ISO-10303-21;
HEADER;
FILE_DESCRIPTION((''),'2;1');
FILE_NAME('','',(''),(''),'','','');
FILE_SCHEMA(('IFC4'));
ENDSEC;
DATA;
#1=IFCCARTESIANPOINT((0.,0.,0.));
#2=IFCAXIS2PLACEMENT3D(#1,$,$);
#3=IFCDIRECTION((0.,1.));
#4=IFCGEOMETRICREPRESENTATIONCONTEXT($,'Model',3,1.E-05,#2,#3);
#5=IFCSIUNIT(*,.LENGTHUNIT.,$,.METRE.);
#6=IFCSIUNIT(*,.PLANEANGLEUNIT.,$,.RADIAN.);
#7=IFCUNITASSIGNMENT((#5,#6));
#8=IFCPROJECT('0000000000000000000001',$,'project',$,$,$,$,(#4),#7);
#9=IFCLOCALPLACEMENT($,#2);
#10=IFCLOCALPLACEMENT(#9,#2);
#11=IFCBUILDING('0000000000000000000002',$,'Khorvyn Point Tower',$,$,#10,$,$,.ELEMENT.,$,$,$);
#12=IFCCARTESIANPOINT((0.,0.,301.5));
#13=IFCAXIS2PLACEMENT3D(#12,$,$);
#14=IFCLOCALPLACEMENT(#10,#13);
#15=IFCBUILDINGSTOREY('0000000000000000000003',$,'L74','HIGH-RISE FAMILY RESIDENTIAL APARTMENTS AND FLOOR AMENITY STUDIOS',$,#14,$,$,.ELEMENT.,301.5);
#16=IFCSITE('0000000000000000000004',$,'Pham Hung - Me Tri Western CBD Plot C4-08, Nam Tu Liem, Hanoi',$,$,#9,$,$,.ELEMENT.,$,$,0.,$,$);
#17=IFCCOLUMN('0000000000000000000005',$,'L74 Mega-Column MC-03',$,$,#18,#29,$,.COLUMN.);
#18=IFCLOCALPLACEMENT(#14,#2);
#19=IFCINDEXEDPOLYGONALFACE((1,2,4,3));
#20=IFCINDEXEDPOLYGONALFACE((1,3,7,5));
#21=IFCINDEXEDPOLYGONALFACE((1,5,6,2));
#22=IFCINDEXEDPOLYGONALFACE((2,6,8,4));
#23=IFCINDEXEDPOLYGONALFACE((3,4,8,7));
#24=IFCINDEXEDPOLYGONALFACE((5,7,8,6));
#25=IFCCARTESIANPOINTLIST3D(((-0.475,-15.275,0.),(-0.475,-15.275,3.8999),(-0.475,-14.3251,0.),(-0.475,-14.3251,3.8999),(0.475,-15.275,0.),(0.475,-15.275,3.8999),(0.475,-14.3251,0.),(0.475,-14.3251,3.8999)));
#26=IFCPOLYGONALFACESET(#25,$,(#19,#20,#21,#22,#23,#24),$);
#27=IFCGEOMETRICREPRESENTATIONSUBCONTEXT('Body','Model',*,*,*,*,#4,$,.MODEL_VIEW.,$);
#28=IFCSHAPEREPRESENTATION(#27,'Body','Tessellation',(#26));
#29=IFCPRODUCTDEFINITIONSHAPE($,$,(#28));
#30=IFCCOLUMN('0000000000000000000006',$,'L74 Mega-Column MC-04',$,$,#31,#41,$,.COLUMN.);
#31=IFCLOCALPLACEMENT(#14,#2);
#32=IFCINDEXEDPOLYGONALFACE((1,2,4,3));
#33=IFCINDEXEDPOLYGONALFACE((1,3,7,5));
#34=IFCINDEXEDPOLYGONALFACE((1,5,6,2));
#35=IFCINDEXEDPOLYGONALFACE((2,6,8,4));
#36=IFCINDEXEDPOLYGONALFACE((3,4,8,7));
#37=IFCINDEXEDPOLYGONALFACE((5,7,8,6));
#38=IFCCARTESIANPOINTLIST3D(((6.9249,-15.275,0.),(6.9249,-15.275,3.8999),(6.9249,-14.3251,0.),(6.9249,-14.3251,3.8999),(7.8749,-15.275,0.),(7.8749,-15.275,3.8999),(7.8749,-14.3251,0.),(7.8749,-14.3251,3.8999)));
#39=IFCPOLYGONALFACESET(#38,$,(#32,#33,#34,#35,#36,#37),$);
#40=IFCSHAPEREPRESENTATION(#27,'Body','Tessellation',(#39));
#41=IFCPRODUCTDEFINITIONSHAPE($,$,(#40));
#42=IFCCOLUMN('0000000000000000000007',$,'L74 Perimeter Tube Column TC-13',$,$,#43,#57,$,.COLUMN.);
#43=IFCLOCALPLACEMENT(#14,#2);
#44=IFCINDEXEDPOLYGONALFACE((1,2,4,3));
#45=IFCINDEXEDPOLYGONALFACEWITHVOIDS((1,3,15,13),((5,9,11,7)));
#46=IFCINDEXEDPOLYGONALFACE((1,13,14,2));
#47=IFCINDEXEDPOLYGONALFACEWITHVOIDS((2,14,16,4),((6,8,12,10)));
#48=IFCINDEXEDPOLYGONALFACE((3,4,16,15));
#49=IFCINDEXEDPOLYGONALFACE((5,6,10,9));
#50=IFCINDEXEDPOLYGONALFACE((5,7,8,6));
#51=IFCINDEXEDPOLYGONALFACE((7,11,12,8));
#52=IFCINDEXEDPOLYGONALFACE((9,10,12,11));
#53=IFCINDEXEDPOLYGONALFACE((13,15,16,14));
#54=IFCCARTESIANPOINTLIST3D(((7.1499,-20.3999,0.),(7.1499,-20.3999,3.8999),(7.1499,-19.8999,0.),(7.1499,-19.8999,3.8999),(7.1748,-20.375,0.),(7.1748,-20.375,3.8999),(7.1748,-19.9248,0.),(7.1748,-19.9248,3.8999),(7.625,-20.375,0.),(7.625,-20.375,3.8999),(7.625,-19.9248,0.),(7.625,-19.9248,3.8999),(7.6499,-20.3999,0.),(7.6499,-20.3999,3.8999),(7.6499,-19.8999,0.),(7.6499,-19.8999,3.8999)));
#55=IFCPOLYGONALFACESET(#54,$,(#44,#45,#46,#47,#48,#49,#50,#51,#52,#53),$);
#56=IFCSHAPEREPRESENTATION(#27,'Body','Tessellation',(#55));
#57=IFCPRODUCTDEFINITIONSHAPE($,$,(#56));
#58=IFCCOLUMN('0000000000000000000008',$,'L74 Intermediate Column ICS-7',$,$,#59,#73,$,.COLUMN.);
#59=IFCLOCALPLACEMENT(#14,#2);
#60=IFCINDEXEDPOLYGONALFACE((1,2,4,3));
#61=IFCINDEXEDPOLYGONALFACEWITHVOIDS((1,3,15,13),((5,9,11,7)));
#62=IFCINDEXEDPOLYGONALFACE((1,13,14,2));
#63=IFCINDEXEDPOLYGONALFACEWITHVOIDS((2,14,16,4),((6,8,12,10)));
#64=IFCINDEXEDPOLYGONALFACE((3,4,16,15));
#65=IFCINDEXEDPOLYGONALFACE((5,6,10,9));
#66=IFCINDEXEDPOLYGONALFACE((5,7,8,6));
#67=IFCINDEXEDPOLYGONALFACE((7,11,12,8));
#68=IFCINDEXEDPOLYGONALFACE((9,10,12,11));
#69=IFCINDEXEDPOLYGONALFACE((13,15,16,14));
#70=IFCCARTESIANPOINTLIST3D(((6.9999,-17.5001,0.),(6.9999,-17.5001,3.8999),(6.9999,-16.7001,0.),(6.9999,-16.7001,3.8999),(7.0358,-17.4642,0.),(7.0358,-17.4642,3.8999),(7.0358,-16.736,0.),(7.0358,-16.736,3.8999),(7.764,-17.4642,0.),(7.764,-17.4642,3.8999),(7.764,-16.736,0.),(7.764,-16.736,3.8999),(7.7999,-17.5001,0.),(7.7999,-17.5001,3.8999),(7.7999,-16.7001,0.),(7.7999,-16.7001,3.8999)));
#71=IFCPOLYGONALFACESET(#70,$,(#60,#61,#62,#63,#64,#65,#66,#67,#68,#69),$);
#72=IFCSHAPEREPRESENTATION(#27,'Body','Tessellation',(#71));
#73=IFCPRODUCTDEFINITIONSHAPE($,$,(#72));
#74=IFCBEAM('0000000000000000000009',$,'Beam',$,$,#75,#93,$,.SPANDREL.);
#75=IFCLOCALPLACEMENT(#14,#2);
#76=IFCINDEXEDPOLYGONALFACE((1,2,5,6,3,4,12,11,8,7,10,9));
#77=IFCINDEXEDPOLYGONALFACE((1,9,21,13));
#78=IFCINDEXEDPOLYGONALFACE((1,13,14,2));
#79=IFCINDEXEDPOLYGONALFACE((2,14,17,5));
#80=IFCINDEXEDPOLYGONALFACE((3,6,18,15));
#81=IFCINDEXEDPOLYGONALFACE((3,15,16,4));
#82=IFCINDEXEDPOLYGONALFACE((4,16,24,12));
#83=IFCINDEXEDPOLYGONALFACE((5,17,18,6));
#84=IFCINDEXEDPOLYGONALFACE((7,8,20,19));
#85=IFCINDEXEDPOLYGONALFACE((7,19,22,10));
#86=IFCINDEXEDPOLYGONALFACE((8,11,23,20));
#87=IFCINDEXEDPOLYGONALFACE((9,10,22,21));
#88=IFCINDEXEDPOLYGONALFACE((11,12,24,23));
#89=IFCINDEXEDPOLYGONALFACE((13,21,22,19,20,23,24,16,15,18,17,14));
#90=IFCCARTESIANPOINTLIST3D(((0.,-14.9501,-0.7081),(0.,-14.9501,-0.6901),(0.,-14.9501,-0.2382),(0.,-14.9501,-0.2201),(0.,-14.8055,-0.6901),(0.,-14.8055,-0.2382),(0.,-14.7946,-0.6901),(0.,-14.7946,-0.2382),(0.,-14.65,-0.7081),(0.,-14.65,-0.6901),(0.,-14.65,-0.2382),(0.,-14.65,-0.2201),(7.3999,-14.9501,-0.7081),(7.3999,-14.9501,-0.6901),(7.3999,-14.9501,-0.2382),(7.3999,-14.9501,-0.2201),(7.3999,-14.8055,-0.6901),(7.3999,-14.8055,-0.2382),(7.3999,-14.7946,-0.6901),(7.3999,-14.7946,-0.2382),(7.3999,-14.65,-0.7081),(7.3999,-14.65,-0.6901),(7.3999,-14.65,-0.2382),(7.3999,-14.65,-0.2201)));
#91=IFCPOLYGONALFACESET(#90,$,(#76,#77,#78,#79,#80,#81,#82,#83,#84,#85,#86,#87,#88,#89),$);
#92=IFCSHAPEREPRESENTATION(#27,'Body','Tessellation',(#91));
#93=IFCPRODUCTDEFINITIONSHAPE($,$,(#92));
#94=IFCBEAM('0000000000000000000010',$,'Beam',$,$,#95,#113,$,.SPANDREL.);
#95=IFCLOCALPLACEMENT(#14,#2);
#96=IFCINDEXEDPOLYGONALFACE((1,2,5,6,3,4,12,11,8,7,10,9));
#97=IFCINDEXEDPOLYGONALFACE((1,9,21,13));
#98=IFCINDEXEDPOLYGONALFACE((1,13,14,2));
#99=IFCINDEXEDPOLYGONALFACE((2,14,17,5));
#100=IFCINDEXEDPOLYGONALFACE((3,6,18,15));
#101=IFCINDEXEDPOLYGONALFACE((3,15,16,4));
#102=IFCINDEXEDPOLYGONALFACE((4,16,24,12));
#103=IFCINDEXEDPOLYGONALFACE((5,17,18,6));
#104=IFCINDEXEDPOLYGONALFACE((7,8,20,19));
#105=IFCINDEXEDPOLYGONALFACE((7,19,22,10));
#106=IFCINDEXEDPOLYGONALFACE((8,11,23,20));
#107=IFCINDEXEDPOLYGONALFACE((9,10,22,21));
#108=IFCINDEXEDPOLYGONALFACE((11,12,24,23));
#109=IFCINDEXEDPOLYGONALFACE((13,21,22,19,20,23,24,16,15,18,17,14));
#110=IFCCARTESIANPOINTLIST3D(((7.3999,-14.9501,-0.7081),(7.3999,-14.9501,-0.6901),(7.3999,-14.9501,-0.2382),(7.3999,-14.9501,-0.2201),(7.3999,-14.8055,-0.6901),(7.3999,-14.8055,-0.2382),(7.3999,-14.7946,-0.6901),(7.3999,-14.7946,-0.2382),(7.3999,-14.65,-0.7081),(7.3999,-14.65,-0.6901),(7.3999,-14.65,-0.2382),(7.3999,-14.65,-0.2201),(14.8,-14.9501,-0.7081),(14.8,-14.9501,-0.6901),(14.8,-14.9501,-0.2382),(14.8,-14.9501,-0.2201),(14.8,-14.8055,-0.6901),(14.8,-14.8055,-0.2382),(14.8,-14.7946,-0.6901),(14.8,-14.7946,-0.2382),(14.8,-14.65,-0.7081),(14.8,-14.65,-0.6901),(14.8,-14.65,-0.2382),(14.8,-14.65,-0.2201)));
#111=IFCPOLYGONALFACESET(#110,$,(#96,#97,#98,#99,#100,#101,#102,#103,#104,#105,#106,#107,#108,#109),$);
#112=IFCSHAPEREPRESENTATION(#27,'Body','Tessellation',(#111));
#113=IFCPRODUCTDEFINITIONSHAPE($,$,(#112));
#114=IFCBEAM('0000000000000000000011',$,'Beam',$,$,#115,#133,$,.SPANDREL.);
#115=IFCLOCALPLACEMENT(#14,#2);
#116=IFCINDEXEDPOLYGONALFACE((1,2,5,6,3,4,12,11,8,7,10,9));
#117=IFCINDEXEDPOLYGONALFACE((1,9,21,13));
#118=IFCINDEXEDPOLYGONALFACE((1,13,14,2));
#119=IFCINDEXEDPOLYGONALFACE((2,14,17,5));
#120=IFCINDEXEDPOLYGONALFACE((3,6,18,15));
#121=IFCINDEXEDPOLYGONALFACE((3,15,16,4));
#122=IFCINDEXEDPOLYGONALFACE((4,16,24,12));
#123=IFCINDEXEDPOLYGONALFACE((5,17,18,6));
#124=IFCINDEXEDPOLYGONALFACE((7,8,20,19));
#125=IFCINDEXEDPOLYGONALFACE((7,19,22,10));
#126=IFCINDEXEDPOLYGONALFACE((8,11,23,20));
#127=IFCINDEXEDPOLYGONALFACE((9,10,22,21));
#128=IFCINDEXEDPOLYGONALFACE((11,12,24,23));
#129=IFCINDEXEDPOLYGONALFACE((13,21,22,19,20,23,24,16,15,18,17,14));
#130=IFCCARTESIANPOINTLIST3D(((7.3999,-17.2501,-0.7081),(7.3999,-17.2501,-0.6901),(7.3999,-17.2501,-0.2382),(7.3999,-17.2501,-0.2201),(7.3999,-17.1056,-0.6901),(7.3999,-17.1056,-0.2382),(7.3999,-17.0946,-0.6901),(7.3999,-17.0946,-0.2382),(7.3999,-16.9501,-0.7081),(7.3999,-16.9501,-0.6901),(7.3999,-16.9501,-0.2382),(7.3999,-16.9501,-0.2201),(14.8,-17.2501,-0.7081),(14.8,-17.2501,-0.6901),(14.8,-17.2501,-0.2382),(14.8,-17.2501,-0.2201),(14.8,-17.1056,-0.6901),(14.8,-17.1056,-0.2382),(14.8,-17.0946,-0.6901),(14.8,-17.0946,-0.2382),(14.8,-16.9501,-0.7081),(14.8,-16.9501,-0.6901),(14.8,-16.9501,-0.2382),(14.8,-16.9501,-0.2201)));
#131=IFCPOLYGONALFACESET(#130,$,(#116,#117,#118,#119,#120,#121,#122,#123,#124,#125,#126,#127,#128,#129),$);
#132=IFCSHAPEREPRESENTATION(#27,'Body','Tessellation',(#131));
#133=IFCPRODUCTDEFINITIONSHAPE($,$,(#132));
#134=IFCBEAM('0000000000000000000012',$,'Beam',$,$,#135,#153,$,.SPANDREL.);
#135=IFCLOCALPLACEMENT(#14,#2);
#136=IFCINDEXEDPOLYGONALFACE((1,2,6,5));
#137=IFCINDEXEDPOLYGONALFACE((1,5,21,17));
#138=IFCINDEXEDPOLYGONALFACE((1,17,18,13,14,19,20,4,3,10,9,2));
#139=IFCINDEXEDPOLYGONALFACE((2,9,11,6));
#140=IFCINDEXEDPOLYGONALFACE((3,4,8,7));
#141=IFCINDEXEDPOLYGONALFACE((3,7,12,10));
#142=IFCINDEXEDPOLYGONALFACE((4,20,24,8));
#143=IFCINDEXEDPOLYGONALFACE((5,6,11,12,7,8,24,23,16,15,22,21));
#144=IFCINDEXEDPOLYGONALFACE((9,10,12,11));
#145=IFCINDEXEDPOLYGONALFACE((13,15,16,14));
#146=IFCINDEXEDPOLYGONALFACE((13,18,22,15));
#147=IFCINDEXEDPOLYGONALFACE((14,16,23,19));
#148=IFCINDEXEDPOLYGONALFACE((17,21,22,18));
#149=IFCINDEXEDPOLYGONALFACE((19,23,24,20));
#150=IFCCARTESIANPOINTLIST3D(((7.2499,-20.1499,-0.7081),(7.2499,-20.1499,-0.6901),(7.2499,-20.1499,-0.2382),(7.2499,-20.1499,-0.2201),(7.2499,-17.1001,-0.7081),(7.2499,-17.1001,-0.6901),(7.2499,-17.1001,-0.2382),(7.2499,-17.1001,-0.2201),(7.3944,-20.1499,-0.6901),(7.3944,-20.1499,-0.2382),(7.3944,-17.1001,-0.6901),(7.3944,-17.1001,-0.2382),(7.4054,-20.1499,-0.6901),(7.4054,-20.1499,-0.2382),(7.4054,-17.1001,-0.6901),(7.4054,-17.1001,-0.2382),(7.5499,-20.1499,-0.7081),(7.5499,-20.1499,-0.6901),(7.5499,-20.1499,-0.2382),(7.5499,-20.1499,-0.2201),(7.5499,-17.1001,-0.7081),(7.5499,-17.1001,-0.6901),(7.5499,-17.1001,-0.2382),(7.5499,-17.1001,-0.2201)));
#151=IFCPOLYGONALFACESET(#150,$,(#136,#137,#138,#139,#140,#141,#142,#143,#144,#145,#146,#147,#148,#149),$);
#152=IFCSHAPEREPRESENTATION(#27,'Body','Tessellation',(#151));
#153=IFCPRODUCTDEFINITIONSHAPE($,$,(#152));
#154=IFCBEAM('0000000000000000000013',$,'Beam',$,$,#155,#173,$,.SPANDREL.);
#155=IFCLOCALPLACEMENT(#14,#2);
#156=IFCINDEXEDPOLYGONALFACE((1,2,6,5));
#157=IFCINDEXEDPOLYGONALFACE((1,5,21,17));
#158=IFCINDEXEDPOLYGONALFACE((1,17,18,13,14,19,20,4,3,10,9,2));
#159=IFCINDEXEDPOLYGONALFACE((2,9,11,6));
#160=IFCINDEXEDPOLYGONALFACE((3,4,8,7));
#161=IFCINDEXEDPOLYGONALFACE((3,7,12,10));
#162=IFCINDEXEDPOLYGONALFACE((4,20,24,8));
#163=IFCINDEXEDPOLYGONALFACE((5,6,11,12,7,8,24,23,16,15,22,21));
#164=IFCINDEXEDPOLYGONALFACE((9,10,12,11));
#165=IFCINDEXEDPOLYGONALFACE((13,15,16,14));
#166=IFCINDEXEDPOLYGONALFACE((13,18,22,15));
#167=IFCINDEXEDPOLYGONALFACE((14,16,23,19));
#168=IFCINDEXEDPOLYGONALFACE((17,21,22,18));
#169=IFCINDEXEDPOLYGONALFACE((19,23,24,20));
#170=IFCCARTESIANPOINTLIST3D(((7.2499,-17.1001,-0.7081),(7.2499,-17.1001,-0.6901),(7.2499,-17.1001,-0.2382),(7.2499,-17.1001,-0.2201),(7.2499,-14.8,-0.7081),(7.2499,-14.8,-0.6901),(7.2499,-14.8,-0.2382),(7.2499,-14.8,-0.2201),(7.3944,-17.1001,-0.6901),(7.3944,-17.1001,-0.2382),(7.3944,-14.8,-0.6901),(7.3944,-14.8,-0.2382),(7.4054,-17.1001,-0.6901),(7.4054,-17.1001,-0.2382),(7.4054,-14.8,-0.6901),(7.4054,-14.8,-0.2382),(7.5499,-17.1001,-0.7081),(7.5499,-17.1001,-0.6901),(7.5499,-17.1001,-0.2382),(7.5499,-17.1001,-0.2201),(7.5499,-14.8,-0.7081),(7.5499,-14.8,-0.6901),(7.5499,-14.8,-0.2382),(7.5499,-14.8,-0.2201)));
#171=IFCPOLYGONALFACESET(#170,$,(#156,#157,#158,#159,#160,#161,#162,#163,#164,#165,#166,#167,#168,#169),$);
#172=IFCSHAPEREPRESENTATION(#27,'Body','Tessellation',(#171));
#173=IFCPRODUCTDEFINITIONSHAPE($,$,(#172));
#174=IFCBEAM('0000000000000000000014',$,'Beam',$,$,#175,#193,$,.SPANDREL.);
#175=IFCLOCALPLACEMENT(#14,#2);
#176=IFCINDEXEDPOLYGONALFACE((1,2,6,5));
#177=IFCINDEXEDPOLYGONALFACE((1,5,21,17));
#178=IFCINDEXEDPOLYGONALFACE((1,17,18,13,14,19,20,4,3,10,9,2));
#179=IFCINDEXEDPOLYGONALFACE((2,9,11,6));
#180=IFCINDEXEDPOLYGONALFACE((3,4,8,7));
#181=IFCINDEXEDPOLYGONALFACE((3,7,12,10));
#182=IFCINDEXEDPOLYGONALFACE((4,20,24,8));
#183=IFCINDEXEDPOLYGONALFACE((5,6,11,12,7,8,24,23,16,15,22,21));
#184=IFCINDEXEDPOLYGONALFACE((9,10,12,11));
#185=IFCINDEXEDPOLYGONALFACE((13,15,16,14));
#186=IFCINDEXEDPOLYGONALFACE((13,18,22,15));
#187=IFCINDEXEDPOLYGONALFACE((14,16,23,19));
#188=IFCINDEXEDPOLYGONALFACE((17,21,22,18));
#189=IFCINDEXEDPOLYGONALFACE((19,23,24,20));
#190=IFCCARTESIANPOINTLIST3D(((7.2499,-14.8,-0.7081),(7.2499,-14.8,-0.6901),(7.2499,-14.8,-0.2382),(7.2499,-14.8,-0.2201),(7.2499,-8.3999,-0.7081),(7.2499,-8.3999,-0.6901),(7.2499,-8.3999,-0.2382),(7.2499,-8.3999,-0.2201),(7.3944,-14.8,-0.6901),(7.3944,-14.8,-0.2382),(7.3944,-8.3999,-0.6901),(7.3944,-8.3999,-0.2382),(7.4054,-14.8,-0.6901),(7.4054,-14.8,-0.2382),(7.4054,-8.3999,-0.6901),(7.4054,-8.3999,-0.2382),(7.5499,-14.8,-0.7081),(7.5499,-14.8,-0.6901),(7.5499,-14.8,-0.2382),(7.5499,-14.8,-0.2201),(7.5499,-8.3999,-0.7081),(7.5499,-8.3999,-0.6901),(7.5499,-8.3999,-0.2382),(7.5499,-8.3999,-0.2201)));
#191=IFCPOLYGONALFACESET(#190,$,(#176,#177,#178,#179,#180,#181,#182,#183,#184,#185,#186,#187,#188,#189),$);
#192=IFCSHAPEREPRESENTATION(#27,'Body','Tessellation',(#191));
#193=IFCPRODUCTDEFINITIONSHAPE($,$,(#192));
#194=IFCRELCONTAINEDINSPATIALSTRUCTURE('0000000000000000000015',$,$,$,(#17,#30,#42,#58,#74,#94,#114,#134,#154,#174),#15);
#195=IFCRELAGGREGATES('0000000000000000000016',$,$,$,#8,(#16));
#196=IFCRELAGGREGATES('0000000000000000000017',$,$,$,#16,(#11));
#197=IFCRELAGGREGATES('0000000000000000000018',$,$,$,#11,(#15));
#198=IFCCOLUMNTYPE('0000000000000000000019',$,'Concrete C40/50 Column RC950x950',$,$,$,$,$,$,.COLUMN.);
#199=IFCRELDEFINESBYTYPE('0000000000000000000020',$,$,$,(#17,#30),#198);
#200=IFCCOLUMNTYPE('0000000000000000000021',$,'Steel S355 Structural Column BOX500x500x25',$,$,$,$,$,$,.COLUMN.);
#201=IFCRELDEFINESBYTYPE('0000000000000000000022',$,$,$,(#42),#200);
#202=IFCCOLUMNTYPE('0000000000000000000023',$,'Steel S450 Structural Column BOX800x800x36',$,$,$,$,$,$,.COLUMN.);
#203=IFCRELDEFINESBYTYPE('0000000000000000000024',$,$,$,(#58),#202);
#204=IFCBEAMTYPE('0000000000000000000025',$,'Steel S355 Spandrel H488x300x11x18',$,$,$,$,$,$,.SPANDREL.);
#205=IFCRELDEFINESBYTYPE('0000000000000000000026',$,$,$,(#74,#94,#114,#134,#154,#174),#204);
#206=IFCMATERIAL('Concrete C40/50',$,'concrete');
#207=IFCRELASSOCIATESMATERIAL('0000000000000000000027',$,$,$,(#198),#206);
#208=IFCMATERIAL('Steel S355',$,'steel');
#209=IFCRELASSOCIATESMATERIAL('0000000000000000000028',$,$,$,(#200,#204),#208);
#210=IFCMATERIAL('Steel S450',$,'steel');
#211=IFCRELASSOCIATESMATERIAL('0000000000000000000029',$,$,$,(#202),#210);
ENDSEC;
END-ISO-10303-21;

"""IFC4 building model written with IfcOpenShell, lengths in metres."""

from ifc_helpers import new_model, si_unit, direction, frame, origin, origin_2d, place, context, subcontext, project, spatial, rectangle, hollow_rectangle, i_section, extrude, material, material_profile, profile_set, type_object, element, save


model = new_model("IFC4")

# Units and contexts
model_context = context("Model", 3, precision=1e-05, world=origin(), true_north=direction((0.0, 1.0)))
body_context = subcontext(model_context, "Body", "Model", "MODEL_VIEW")
ifc_project = project(units=[si_unit("LENGTHUNIT", "METRE"), si_unit("PLANEANGLEUNIT", "RADIAN")], contexts=[model_context])

# Site, building, storey
site_placement = place(None, origin())
site = spatial("IfcSite", under=ifc_project, at=site_placement, Name="Pham Hung - Me Tri Western CBD Plot C4-08, Nam Tu Liem, Hanoi", CompositionType="ELEMENT", RefElevation=0.0)
building_placement = place(site_placement, origin())
building = spatial("IfcBuilding", under=site, at=building_placement, Name="Khorvyn Point Tower", CompositionType="ELEMENT")
storey_placement = place(building_placement, frame((0.0, 0.0, 301.5)))
storey = spatial("IfcBuildingStorey", under=building, at=storey_placement, Name="L74", Description="HIGH-RISE FAMILY RESIDENTIAL APARTMENTS AND FLOOR AMENITY STUDIOS", CompositionType="ELEMENT", Elevation=301.5)

# Columns
ifc_material_1 = material(Name="Concrete C40/50", Category="concrete")
ifc_material_profile_1 = material_profile(ifc_material_1, rectangle(XDim=0.95, YDim=0.95, at=origin_2d()))
ifc_profile_set_1 = profile_set([ifc_material_profile_1], Name="Concrete C40/50 RC950x950")
column_type_1 = type_object("IfcColumnType", Name="Concrete C40/50 Column RC950x950", PredefinedType="COLUMN", material=ifc_profile_set_1)
for number, where, z_axis, x_axis, name in (
    (1, (0.0, -14.8, 0.0), (0.0, 0.0, 1.0), (1.0, 0.0, 0.0), "L74 Mega-Column MC-03"),
    (2, (7.3999, -14.8, 0.0), (0.0, 0.0, 1.0), (1.0, 0.0, 0.0), "L74 Mega-Column MC-04"),
):
    element("IfcColumn", number, at=place(storey_placement, frame(where, z_axis=z_axis, x_axis=x_axis)), inside=storey, type_object=column_type_1, Name=name, PredefinedType="COLUMN", context=body_context, shape_type="SweptSolid", body=[
        extrude(rectangle(XDim=0.95, YDim=0.95, at=origin_2d()), origin(), (0.0, 0.0, 1.0), 3.8999),
    ])
ifc_material_2 = material(Name="Steel S355", Category="steel")
ifc_material_profile_2 = material_profile(ifc_material_2, hollow_rectangle(XDim=0.5, YDim=0.5, WallThickness=0.0249, at=origin_2d()))
ifc_profile_set_2 = profile_set([ifc_material_profile_2], Name="Steel S355 BOX500x500x25")
column_type_2 = type_object("IfcColumnType", Name="Steel S355 Structural Column BOX500x500x25", PredefinedType="COLUMN", material=ifc_profile_set_2)
column_1_placement = place(storey_placement, frame((7.3999, -20.1499, 0.0), z_axis=(0.0, 0.0, 1.0), x_axis=(1.0, 0.0, 0.0)))
element("IfcColumn", 3, at=column_1_placement, inside=storey, type_object=column_type_2, Name="L74 Perimeter Tube Column TC-13", PredefinedType="COLUMN", context=body_context, shape_type="SweptSolid", body=[
    extrude(hollow_rectangle(XDim=0.5, YDim=0.5, WallThickness=0.0249, at=origin_2d()), origin(), (0.0, 0.0, 1.0), 3.8999),
])
ifc_material_3 = material(Name="Steel S450", Category="steel")
ifc_material_profile_3 = material_profile(ifc_material_3, hollow_rectangle(XDim=0.8, YDim=0.8, WallThickness=0.0359, at=origin_2d()))
ifc_profile_set_3 = profile_set([ifc_material_profile_3], Name="Steel S450 BOX800x800x36")
column_type_3 = type_object("IfcColumnType", Name="Steel S450 Structural Column BOX800x800x36", PredefinedType="COLUMN", material=ifc_profile_set_3)
column_2_placement = place(storey_placement, frame((7.3999, -17.1001, 0.0), z_axis=(0.0, 0.0, 1.0), x_axis=(1.0, 0.0, 0.0)))
element("IfcColumn", 4, at=column_2_placement, inside=storey, type_object=column_type_3, Name="L74 Intermediate Column ICS-7", PredefinedType="COLUMN", context=body_context, shape_type="SweptSolid", body=[
    extrude(hollow_rectangle(XDim=0.8, YDim=0.8, WallThickness=0.0359, at=origin_2d()), origin(), (0.0, 0.0, 1.0), 3.8999),
])

# Beams
ifc_material_profile_4 = material_profile(ifc_material_2, i_section(OverallWidth=0.3, OverallDepth=0.488, WebThickness=0.011, FlangeThickness=0.0181, at=origin_2d()))
ifc_profile_set_4 = profile_set([ifc_material_profile_4], Name="Steel S355 H488x300x11x18")
beam_type_1 = type_object("IfcBeamType", Name="Steel S355 Spandrel H488x300x11x18", PredefinedType="SPANDREL", material=ifc_profile_set_4)
beam_1_placement = place(storey_placement, frame((0.0, -14.8, -0.4641), z_axis=(1.0, 0.0, 0.0), x_axis=(0.0, 1.0, 0.0)))
element("IfcBeam", 5, at=beam_1_placement, inside=storey, type_object=beam_type_1, Name="Beam", PredefinedType="SPANDREL", context=body_context, shape_type="SweptSolid", body=[
    extrude(i_section(OverallWidth=0.3, OverallDepth=0.488, WebThickness=0.011, FlangeThickness=0.0181, at=origin_2d()), origin(), (0.0, 0.0, 1.0), 7.3999),
])
for number, where, z_axis, x_axis, name in (
    (6, (7.3999, -14.8, -0.4641), (1.0, 0.0, 0.0), (0.0, 1.0, 0.0), "Beam"),
    (7, (7.3999, -17.1001, -0.4641), (1.0, 0.0, 0.0), (0.0, 1.0, 0.0), "Beam"),
):
    element("IfcBeam", number, at=place(storey_placement, frame(where, z_axis=z_axis, x_axis=x_axis)), inside=storey, type_object=beam_type_1, Name=name, PredefinedType="SPANDREL", context=body_context, shape_type="SweptSolid", body=[
        extrude(i_section(OverallWidth=0.3, OverallDepth=0.488, WebThickness=0.011, FlangeThickness=0.0181, at=origin_2d()), origin(), (0.0, 0.0, 1.0), 7.4001),
    ])
beam_2_placement = place(storey_placement, frame((7.3999, -20.1499, -0.4641), z_axis=(0.0, 1.0, 0.0), x_axis=(-1.0, 0.0, 0.0)))
element("IfcBeam", 8, at=beam_2_placement, inside=storey, type_object=beam_type_1, Name="Beam", PredefinedType="SPANDREL", context=body_context, shape_type="SweptSolid", body=[
    extrude(i_section(OverallWidth=0.3, OverallDepth=0.488, WebThickness=0.011, FlangeThickness=0.0181, at=origin_2d()), origin(), (0.0, 0.0, 1.0), 3.0498),
])
beam_3_placement = place(storey_placement, frame((7.3999, -17.1001, -0.4641), z_axis=(0.0, 1.0, 0.0), x_axis=(-1.0, 0.0, 0.0)))
element("IfcBeam", 9, at=beam_3_placement, inside=storey, type_object=beam_type_1, Name="Beam", PredefinedType="SPANDREL", context=body_context, shape_type="SweptSolid", body=[
    extrude(i_section(OverallWidth=0.3, OverallDepth=0.488, WebThickness=0.011, FlangeThickness=0.0181, at=origin_2d()), origin(), (0.0, 0.0, 1.0), 2.3),
])
beam_4_placement = place(storey_placement, frame((7.3999, -14.8, -0.4641), z_axis=(0.0, 1.0, 0.0), x_axis=(-1.0, 0.0, 0.0)))
element("IfcBeam", 10, at=beam_4_placement, inside=storey, type_object=beam_type_1, Name="Beam", PredefinedType="SPANDREL", context=body_context, shape_type="SweptSolid", body=[
    extrude(i_section(OverallWidth=0.3, OverallDepth=0.488, WebThickness=0.011, FlangeThickness=0.0181, at=origin_2d()), origin(), (0.0, 0.0, 1.0), 6.4001),
])

save(model, "model.ifc")
